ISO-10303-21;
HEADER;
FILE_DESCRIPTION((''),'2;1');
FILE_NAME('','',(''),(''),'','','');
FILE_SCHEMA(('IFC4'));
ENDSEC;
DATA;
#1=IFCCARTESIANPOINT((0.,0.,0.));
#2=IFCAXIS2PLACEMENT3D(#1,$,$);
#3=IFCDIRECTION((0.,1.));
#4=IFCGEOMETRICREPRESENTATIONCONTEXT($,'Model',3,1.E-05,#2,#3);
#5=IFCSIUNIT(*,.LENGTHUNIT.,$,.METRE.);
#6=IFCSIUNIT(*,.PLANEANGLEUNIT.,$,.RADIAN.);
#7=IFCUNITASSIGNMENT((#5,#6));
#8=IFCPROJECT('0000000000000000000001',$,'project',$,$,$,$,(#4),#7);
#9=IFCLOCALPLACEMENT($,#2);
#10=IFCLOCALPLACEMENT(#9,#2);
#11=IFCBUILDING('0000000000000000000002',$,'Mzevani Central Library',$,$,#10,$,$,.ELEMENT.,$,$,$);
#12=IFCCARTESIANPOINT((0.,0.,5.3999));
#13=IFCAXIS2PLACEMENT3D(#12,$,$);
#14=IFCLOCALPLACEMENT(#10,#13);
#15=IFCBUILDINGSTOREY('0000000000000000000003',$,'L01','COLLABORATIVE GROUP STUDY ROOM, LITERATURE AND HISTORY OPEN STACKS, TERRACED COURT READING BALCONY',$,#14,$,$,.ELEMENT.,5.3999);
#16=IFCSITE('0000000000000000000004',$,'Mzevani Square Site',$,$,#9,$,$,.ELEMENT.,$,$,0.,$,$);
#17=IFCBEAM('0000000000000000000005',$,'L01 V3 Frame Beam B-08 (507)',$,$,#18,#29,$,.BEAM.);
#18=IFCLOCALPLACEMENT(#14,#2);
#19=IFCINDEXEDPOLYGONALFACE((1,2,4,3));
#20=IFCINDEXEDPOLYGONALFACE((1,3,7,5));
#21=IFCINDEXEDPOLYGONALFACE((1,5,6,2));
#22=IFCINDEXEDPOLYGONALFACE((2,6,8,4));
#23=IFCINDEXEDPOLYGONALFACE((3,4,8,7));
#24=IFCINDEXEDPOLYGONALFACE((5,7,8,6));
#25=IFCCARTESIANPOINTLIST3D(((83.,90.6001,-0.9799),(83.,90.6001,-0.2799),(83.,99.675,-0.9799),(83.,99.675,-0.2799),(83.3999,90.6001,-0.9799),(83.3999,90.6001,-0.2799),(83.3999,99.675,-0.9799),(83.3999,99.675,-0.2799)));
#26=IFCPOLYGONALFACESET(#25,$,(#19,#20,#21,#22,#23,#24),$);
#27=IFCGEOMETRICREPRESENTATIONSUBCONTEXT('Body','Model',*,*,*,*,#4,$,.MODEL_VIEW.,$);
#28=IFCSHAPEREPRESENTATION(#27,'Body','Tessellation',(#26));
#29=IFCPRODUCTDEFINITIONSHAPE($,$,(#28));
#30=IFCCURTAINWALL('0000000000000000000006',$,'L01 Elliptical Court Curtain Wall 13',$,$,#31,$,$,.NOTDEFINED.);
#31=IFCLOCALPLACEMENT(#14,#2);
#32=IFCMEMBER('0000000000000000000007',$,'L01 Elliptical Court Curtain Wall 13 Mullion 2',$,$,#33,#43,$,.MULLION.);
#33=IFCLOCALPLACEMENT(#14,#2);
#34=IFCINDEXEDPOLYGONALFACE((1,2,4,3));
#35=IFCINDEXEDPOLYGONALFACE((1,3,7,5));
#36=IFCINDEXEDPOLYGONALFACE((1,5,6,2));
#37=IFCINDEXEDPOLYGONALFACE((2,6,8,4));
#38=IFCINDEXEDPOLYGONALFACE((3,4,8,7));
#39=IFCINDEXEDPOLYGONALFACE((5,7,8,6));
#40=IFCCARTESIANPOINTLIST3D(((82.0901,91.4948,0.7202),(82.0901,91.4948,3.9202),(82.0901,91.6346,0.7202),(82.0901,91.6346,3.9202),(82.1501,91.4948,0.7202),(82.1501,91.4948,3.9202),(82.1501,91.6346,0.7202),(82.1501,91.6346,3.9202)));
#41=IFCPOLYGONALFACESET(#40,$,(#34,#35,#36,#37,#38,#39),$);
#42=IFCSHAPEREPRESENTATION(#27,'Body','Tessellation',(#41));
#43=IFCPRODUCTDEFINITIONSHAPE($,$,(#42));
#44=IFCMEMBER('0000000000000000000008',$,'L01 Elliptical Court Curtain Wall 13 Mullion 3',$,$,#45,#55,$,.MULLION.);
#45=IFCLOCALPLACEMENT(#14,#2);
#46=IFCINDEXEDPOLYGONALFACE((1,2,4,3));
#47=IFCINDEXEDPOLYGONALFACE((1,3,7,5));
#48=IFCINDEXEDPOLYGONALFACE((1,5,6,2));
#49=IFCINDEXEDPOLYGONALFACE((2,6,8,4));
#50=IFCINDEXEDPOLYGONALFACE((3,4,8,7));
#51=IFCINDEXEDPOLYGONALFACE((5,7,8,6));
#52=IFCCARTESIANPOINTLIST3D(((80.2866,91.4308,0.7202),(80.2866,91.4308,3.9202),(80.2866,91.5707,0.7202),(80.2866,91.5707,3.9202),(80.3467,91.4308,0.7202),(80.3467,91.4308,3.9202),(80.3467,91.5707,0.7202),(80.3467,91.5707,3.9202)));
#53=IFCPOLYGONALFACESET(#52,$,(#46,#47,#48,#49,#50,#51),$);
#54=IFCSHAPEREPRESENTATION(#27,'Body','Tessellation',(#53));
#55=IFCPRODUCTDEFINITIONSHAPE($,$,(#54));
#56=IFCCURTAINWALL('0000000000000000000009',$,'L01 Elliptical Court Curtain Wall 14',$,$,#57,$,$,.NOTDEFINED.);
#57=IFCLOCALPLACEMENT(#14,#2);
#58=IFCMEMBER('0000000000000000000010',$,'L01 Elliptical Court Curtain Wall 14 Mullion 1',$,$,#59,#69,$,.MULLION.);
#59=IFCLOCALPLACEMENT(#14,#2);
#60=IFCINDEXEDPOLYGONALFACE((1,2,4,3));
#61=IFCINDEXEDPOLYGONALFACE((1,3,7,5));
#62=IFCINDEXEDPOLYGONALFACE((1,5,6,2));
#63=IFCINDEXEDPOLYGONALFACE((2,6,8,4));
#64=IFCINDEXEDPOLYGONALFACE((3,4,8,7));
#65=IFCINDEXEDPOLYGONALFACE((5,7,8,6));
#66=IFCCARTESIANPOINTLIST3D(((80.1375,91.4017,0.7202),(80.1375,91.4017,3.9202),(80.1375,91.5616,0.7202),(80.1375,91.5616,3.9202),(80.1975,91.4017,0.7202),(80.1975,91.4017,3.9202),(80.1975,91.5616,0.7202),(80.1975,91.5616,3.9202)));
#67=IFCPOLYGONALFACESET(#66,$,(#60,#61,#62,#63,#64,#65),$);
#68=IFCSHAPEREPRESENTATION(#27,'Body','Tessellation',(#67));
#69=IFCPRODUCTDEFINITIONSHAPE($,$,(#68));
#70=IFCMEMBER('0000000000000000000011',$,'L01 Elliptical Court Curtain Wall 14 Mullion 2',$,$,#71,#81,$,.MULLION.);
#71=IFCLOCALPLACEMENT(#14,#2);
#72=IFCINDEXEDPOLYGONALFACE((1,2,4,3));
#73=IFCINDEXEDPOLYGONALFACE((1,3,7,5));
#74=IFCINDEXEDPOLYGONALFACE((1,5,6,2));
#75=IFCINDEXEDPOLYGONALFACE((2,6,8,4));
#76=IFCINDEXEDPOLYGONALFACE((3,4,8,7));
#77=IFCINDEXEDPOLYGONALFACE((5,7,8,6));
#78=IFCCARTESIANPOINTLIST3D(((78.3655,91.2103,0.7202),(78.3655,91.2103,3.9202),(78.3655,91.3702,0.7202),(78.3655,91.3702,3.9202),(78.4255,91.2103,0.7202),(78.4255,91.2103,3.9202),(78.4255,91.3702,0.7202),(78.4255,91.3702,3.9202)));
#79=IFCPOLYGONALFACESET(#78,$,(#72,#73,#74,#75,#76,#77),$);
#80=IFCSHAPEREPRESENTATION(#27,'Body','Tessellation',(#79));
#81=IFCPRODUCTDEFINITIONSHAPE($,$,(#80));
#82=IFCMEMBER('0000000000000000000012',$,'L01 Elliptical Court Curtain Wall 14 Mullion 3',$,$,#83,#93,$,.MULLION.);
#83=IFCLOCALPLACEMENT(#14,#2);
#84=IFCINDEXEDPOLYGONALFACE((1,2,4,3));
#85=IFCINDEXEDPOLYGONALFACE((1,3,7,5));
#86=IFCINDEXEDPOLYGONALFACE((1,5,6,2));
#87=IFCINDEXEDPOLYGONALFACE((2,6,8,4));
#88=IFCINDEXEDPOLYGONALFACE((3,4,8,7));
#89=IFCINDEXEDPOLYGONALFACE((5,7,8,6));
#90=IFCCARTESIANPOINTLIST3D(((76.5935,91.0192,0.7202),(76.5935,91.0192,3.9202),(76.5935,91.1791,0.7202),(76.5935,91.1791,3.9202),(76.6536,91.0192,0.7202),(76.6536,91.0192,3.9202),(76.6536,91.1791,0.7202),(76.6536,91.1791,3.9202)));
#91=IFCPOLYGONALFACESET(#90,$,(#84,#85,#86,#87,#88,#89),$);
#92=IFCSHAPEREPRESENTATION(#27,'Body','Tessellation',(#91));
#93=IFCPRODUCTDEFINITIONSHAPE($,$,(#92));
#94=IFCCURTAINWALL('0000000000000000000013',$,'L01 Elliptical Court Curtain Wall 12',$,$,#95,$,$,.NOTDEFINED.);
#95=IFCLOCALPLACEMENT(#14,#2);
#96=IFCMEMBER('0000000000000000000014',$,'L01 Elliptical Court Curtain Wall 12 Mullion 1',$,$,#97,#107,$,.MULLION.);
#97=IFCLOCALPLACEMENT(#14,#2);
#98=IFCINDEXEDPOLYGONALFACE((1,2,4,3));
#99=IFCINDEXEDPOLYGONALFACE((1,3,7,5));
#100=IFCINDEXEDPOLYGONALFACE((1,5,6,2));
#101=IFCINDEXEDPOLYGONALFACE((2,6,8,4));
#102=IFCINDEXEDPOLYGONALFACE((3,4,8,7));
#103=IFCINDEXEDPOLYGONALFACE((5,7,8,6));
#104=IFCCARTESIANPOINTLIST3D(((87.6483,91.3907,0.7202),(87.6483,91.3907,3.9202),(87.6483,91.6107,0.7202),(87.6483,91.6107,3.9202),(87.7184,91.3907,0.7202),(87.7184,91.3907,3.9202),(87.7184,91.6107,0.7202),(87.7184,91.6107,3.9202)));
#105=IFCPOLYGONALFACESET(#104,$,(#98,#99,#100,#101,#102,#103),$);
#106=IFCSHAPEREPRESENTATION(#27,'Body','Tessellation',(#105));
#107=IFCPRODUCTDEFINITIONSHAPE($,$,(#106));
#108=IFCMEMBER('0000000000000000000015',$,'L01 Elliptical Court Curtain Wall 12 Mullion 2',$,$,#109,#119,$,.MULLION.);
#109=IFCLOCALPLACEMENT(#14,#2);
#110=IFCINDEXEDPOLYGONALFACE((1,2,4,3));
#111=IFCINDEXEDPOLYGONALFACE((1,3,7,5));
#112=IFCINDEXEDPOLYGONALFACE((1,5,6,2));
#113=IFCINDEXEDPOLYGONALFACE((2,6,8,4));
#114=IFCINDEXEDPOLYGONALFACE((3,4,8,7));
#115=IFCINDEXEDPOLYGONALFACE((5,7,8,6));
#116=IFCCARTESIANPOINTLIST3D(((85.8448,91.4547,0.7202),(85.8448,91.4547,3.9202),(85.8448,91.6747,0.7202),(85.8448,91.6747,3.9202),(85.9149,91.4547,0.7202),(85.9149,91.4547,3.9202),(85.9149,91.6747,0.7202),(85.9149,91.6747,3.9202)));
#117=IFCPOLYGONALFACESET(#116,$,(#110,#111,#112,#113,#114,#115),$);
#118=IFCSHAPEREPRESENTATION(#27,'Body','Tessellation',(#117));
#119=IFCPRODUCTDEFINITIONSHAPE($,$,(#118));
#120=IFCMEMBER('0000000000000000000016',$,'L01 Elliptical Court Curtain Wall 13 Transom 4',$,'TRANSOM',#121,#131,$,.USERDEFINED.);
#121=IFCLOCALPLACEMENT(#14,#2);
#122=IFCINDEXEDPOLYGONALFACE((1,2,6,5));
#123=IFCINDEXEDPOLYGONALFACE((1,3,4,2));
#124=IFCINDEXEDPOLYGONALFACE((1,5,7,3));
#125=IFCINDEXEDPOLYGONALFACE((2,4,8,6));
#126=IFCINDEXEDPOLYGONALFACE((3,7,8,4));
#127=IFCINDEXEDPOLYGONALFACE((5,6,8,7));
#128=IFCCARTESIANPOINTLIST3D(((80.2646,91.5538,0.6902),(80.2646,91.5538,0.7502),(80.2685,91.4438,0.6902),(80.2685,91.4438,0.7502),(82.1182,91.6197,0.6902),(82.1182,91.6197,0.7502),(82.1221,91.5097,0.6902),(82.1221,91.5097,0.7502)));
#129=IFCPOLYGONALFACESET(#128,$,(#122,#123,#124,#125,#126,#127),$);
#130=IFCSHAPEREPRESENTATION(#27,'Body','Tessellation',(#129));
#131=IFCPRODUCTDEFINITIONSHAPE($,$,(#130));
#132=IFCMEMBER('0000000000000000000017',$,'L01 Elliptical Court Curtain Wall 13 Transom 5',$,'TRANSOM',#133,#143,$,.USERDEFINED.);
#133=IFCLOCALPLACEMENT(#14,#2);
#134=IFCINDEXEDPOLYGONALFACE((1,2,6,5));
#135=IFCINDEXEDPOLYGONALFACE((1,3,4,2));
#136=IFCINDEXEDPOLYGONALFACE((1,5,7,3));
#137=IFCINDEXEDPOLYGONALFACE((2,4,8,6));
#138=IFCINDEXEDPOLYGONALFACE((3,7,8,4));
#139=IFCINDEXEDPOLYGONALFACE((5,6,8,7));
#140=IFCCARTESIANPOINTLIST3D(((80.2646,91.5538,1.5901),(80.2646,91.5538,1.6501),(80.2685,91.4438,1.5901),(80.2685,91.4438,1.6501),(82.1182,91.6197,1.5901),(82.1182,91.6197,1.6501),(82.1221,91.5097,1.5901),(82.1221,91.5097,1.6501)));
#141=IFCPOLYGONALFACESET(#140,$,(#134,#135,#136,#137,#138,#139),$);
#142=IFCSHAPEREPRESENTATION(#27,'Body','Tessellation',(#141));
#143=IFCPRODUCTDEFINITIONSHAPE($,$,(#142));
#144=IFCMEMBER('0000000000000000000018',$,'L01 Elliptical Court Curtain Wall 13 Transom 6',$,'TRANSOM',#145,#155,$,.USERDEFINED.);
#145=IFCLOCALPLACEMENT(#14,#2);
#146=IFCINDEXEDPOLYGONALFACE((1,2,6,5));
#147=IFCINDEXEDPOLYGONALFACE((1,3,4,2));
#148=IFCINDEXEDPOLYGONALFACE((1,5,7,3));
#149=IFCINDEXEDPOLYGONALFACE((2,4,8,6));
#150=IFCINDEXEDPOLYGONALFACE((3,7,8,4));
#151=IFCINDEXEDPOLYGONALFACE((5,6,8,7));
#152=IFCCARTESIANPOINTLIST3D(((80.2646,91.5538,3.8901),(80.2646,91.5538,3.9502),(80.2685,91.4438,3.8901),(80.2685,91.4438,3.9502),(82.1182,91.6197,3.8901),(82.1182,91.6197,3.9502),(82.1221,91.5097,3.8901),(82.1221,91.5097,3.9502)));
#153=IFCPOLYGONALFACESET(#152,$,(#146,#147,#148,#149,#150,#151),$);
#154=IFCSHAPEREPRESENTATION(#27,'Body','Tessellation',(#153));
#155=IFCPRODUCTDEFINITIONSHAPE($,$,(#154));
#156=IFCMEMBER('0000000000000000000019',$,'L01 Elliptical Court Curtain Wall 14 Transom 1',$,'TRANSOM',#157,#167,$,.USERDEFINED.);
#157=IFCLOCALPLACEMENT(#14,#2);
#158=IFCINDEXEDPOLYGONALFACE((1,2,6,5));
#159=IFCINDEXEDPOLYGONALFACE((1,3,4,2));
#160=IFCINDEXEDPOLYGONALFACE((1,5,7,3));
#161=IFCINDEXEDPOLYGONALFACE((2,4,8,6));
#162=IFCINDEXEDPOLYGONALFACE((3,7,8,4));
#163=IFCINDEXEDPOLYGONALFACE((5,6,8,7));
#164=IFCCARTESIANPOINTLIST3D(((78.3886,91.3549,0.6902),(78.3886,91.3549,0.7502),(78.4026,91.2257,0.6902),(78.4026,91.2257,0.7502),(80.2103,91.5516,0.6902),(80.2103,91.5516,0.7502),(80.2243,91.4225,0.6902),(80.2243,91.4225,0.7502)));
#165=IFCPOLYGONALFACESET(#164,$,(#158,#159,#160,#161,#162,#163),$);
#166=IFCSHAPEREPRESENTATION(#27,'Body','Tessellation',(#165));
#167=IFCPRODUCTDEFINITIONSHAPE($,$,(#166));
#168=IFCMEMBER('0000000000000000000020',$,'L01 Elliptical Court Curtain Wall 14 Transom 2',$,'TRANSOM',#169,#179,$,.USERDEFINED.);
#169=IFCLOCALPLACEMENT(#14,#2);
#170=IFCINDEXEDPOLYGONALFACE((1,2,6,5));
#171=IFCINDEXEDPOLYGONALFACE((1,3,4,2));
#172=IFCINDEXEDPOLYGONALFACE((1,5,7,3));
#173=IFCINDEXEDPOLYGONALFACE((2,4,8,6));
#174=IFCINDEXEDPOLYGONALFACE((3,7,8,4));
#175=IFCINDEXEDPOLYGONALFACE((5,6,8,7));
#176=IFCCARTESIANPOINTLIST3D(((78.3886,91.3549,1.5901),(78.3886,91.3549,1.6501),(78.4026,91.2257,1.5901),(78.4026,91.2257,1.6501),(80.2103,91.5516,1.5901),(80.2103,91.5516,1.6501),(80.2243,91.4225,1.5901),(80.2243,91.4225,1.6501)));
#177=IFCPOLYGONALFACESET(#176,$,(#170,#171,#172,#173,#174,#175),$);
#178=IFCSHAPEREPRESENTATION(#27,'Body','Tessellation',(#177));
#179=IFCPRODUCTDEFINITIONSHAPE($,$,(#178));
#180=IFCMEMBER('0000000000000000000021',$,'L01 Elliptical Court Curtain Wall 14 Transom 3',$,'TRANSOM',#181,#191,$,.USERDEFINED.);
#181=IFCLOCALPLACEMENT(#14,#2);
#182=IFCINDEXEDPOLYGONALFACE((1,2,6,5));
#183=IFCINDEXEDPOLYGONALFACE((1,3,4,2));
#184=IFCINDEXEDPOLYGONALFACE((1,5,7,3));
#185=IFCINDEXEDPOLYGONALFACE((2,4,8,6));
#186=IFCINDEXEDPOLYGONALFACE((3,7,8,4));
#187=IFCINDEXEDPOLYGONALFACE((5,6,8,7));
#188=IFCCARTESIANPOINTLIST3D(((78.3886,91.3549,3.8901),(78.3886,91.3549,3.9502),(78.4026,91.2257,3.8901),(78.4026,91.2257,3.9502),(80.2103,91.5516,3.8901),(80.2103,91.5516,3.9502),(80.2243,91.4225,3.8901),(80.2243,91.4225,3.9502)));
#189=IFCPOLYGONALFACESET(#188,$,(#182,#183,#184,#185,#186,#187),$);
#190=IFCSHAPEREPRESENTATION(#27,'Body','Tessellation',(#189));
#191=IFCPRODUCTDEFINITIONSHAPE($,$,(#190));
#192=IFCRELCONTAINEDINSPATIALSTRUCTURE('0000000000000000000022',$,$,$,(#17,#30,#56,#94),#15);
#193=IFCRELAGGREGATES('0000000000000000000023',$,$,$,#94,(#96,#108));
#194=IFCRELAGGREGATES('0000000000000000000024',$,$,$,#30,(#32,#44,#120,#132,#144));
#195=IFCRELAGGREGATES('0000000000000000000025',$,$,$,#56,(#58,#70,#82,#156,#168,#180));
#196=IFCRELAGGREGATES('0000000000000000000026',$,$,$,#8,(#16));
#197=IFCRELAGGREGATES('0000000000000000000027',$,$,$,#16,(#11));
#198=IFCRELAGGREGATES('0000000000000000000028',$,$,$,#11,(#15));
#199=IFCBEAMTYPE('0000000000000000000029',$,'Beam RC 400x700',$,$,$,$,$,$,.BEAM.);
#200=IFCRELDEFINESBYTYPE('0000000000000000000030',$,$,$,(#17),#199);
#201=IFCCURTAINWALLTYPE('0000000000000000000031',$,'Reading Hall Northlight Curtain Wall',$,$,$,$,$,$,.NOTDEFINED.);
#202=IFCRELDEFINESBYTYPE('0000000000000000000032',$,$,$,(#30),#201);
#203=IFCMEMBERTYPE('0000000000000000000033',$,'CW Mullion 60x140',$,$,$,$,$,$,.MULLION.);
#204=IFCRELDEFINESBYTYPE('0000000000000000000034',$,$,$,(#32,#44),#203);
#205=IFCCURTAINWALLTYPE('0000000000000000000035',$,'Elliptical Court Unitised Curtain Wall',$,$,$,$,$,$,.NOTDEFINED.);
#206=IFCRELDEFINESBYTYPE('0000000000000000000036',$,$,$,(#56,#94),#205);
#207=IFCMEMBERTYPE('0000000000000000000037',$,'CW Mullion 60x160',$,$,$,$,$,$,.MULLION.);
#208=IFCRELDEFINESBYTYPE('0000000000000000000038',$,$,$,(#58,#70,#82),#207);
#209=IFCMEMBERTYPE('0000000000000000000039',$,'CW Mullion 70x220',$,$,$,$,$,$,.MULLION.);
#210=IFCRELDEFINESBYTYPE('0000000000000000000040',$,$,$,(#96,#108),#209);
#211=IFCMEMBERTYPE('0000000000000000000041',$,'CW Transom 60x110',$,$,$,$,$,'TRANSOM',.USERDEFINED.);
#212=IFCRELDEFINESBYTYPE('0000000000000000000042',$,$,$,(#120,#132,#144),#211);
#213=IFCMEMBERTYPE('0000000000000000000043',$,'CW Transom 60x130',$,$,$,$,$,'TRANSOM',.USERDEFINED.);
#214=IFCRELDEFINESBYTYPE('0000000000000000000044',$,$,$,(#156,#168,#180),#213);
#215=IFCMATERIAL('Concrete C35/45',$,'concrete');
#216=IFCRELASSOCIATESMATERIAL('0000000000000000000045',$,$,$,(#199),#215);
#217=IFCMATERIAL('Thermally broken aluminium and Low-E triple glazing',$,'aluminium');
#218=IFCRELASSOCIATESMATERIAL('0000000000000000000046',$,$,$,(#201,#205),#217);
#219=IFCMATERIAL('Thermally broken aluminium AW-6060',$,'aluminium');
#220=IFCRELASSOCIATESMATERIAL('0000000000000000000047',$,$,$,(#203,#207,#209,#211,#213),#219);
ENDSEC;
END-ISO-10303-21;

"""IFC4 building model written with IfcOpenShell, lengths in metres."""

from ifc_helpers import new_model, si_unit, direction, frame, origin, origin_2d, place, context, subcontext, project, spatial, rectangle, extrude, material, material_profile, profile_set, type_object, element, aggregate, save


model = new_model("IFC4")

# Units and contexts
model_context = context("Model", 3, precision=1e-05, world=origin(), true_north=direction((0.0, 1.0)))
body_context = subcontext(model_context, "Body", "Model", "MODEL_VIEW")
ifc_project = project(units=[si_unit("LENGTHUNIT", "METRE"), si_unit("PLANEANGLEUNIT", "RADIAN")], contexts=[model_context])

# Site, building, storey
site_placement = place(None, origin())
site = spatial("IfcSite", under=ifc_project, at=site_placement, Name="Mzevani Square Site", CompositionType="ELEMENT", RefElevation=0.0)
building_placement = place(site_placement, origin())
building = spatial("IfcBuilding", under=site, at=building_placement, Name="Mzevani Central Library", CompositionType="ELEMENT")
storey_placement = place(building_placement, frame((0.0, 0.0, 5.3999)))
storey = spatial("IfcBuildingStorey", under=building, at=storey_placement, Name="L01", Description="COLLABORATIVE GROUP STUDY ROOM, LITERATURE AND HISTORY OPEN STACKS, TERRACED COURT READING BALCONY", CompositionType="ELEMENT", Elevation=5.3999)

# Beam
ifc_material_1 = material(Name="Concrete C35/45", Category="concrete")
ifc_material_profile_1 = material_profile(ifc_material_1, rectangle(XDim=0.3999, YDim=0.7, at=origin_2d()), Name="RC B400x700")
ifc_profile_set_1 = profile_set([ifc_material_profile_1], Name="Concrete C35/45")
beam_type = type_object("IfcBeamType", Name="Beam RC 400x700", PredefinedType="BEAM", material=ifc_profile_set_1)
beam_placement = place(storey_placement, frame((83.2, 90.6001, -0.6299), z_axis=(0.0, 1.0, 0.0), x_axis=(-1.0, 0.0, 0.0)))
element("IfcBeam", 1, at=beam_placement, inside=storey, type_object=beam_type, Name="L01 V3 Frame Beam B-08 (507)", PredefinedType="BEAM", context=body_context, shape_type="SweptSolid", body=[
    extrude(rectangle(XDim=0.3999, YDim=0.7, at=origin_2d()), origin(), (0.0, 0.0, 1.0), 9.075),
])

# Curtain walls, members
ifc_material_2 = material(Name="Thermally broken aluminium and Low-E triple glazing", Category="aluminium")
curtain_wall_type_1 = type_object("IfcCurtainWallType", Name="Reading Hall Northlight Curtain Wall", PredefinedType="NOTDEFINED", material=ifc_material_2)
curtain_wall_1_placement = place(storey_placement, origin())
curtain_wall_1 = element("IfcCurtainWall", 2, at=curtain_wall_1_placement, inside=storey, type_object=curtain_wall_type_1, Name="L01 Elliptical Court Curtain Wall 13", PredefinedType="NOTDEFINED")
ifc_material_3 = material(Name="Thermally broken aluminium AW-6060", Category="aluminium")
ifc_material_profile_2 = material_profile(ifc_material_3, rectangle(XDim=0.0601, YDim=0.1399, at=origin_2d()), Name="ALU M60x140")
ifc_profile_set_2 = profile_set([ifc_material_profile_2], Name="Thermally broken aluminium AW-6060")
member_type_1 = type_object("IfcMemberType", Name="CW Mullion 60x140", PredefinedType="MULLION", material=ifc_profile_set_2)
member_1_placement = place(storey_placement, frame((82.1201, 91.5647, 0.7202), z_axis=(0.0, 0.0, 1.0), x_axis=(1.0, 0.0, 0.0)))
member_1 = element("IfcMember", 3, at=member_1_placement, type_object=member_type_1, Name="L01 Elliptical Court Curtain Wall 13 Mullion 2", PredefinedType="MULLION", context=body_context, shape_type="SweptSolid", body=[
    extrude(rectangle(XDim=0.0601, YDim=0.1399, at=origin_2d()), origin(), (0.0, 0.0, 1.0), 3.2),
])
member_2_placement = place(storey_placement, frame((80.3167, 91.5007, 0.7202), z_axis=(0.0, 0.0, 1.0), x_axis=(1.0, 0.0, 0.0)))
member_2 = element("IfcMember", 4, at=member_2_placement, type_object=member_type_1, Name="L01 Elliptical Court Curtain Wall 13 Mullion 3", PredefinedType="MULLION", context=body_context, shape_type="SweptSolid", body=[
    extrude(rectangle(XDim=0.0601, YDim=0.1399, at=origin_2d()), origin(), (0.0, 0.0, 1.0), 3.2),
])
curtain_wall_type_2 = type_object("IfcCurtainWallType", Name="Elliptical Court Unitised Curtain Wall", PredefinedType="NOTDEFINED", material=ifc_material_2)
curtain_wall_2_placement = place(storey_placement, origin())
curtain_wall_2 = element("IfcCurtainWall", 5, at=curtain_wall_2_placement, inside=storey, type_object=curtain_wall_type_2, Name="L01 Elliptical Court Curtain Wall 14", PredefinedType="NOTDEFINED")
ifc_material_profile_3 = material_profile(ifc_material_3, rectangle(XDim=0.0601, YDim=0.1599, at=origin_2d()), Name="ALU M60x160")
ifc_profile_set_3 = profile_set([ifc_material_profile_3], Name="Thermally broken aluminium AW-6060")
member_type_2 = type_object("IfcMemberType", Name="CW Mullion 60x160", PredefinedType="MULLION", material=ifc_profile_set_3)
member_3_placement = place(storey_placement, frame((80.1675, 91.4817, 0.7202), z_axis=(0.0, 0.0, 1.0), x_axis=(1.0, 0.0, 0.0)))
member_3 = element("IfcMember", 6, at=member_3_placement, type_object=member_type_2, Name="L01 Elliptical Court Curtain Wall 14 Mullion 1", PredefinedType="MULLION", context=body_context, shape_type="SweptSolid", body=[
    extrude(rectangle(XDim=0.0601, YDim=0.1599, at=origin_2d()), origin(), (0.0, 0.0, 1.0), 3.2),
])
member_4_placement = place(storey_placement, frame((78.3955, 91.2903, 0.7202), z_axis=(0.0, 0.0, 1.0), x_axis=(1.0, 0.0, 0.0)))
member_4 = element("IfcMember", 7, at=member_4_placement, type_object=member_type_2, Name="L01 Elliptical Court Curtain Wall 14 Mullion 2", PredefinedType="MULLION", context=body_context, shape_type="SweptSolid", body=[
    extrude(rectangle(XDim=0.0601, YDim=0.1599, at=origin_2d()), origin(), (0.0, 0.0, 1.0), 3.2),
])
member_5_placement = place(storey_placement, frame((76.6235, 91.0991, 0.7202), z_axis=(0.0, 0.0, 1.0), x_axis=(1.0, 0.0, 0.0)))
member_5 = element("IfcMember", 8, at=member_5_placement, type_object=member_type_2, Name="L01 Elliptical Court Curtain Wall 14 Mullion 3", PredefinedType="MULLION", context=body_context, shape_type="SweptSolid", body=[
    extrude(rectangle(XDim=0.0601, YDim=0.1599, at=origin_2d()), origin(), (0.0, 0.0, 1.0), 3.2),
])
curtain_wall_3_placement = place(storey_placement, origin())
curtain_wall_3 = element("IfcCurtainWall", 9, at=curtain_wall_3_placement, inside=storey, type_object=curtain_wall_type_2, Name="L01 Elliptical Court Curtain Wall 12", PredefinedType="NOTDEFINED")
ifc_material_profile_4 = material_profile(ifc_material_3, rectangle(XDim=0.0701, YDim=0.22, at=origin_2d()), Name="ALU M70x220")
ifc_profile_set_4 = profile_set([ifc_material_profile_4], Name="Thermally broken aluminium AW-6060")
member_type_3 = type_object("IfcMemberType", Name="CW Mullion 70x220", PredefinedType="MULLION", material=ifc_profile_set_4)
member_6_placement = place(storey_placement, frame((87.6833, 91.5007, 0.7202), z_axis=(0.0, 0.0, 1.0), x_axis=(1.0, 0.0, 0.0)))
member_6 = element("IfcMember", 10, at=member_6_placement, type_object=member_type_3, Name="L01 Elliptical Court Curtain Wall 12 Mullion 1", PredefinedType="MULLION", context=body_context, shape_type="SweptSolid", body=[
    extrude(rectangle(XDim=0.0701, YDim=0.22, at=origin_2d()), origin(), (0.0, 0.0, 1.0), 3.2),
])
member_7_placement = place(storey_placement, frame((85.8799, 91.5647, 0.7202), z_axis=(0.0, 0.0, 1.0), x_axis=(1.0, 0.0, 0.0)))
member_7 = element("IfcMember", 11, at=member_7_placement, type_object=member_type_3, Name="L01 Elliptical Court Curtain Wall 12 Mullion 2", PredefinedType="MULLION", context=body_context, shape_type="SweptSolid", body=[
    extrude(rectangle(XDim=0.0701, YDim=0.22, at=origin_2d()), origin(), (0.0, 0.0, 1.0), 3.2),
])

# Members
ifc_material_profile_5 = material_profile(ifc_material_3, rectangle(XDim=0.1101, YDim=0.0601, at=origin_2d()), Name="ALU T60x110")
ifc_profile_set_5 = profile_set([ifc_material_profile_5], Name="Thermally broken aluminium AW-6060")
member_type_4 = type_object("IfcMemberType", Name="CW Transom 60x110", ElementType="TRANSOM", PredefinedType="USERDEFINED", material=ifc_profile_set_5)
member_8_placement = place(storey_placement, frame((82.1201, 91.5647, 0.7202), z_axis=(-0.999368, -0.035541, 0.0), x_axis=(0.035541, -0.999368, 0.0)))
member_8 = element("IfcMember", 12, at=member_8_placement, type_object=member_type_4, Name="L01 Elliptical Court Curtain Wall 13 Transom 4", ObjectType="TRANSOM", PredefinedType="USERDEFINED", context=body_context, shape_type="SweptSolid", body=[
    extrude(rectangle(XDim=0.1101, YDim=0.0601, at=origin_2d()), origin(), (0.0, 0.0, 1.0), 1.8547),
])
member_9_placement = place(storey_placement, frame((82.1201, 91.5647, 1.6201), z_axis=(-0.999368, -0.035541, 0.0), x_axis=(0.035541, -0.999368, 0.0)))
member_9 = element("IfcMember", 13, at=member_9_placement, type_object=member_type_4, Name="L01 Elliptical Court Curtain Wall 13 Transom 5", ObjectType="TRANSOM", PredefinedType="USERDEFINED", context=body_context, shape_type="SweptSolid", body=[
    extrude(rectangle(XDim=0.1101, YDim=0.0601, at=origin_2d()), origin(), (0.0, 0.0, 1.0), 1.8547),
])
member_10_placement = place(storey_placement, frame((82.1201, 91.5647, 3.9202), z_axis=(-0.999368, -0.035541, 0.0), x_axis=(0.035541, -0.999368, 0.0)))
member_10 = element("IfcMember", 14, at=member_10_placement, type_object=member_type_4, Name="L01 Elliptical Court Curtain Wall 13 Transom 6", ObjectType="TRANSOM", PredefinedType="USERDEFINED", context=body_context, shape_type="SweptSolid", body=[
    extrude(rectangle(XDim=0.1101, YDim=0.0601, at=origin_2d()), origin(), (0.0, 0.0, 1.0), 1.8547),
])
ifc_material_profile_6 = material_profile(ifc_material_3, rectangle(XDim=0.1299, YDim=0.0601, at=origin_2d()), Name="ALU T60x130")
ifc_profile_set_6 = profile_set([ifc_material_profile_6], Name="Thermally broken aluminium AW-6060")
member_type_5 = type_object("IfcMemberType", Name="CW Transom 60x130", ElementType="TRANSOM", PredefinedType="USERDEFINED", material=ifc_profile_set_6)
member_11_placement = place(storey_placement, frame((80.2173, 91.4871, 0.7202), z_axis=(-0.994217, -0.107389, 0.0), x_axis=(0.107389, -0.994217, 0.0)))
member_11 = element("IfcMember", 15, at=member_11_placement, type_object=member_type_5, Name="L01 Elliptical Court Curtain Wall 14 Transom 1", ObjectType="TRANSOM", PredefinedType="USERDEFINED", context=body_context, shape_type="SweptSolid", body=[
    extrude(rectangle(XDim=0.1299, YDim=0.0601, at=origin_2d()), origin(), (0.0, 0.0, 1.0), 1.8323),
])
member_12_placement = place(storey_placement, frame((80.2173, 91.4871, 1.6201), z_axis=(-0.994217, -0.107389, 0.0), x_axis=(0.107389, -0.994217, 0.0)))
member_12 = element("IfcMember", 16, at=member_12_placement, type_object=member_type_5, Name="L01 Elliptical Court Curtain Wall 14 Transom 2", ObjectType="TRANSOM", PredefinedType="USERDEFINED", context=body_context, shape_type="SweptSolid", body=[
    extrude(rectangle(XDim=0.1299, YDim=0.0601, at=origin_2d()), origin(), (0.0, 0.0, 1.0), 1.8323),
])
member_13_placement = place(storey_placement, frame((80.2173, 91.4871, 3.9202), z_axis=(-0.994217, -0.107389, 0.0), x_axis=(0.107389, -0.994217, 0.0)))
member_13 = element("IfcMember", 17, at=member_13_placement, type_object=member_type_5, Name="L01 Elliptical Court Curtain Wall 14 Transom 3", ObjectType="TRANSOM", PredefinedType="USERDEFINED", context=body_context, shape_type="SweptSolid", body=[
    extrude(rectangle(XDim=0.1299, YDim=0.0601, at=origin_2d()), origin(), (0.0, 0.0, 1.0), 1.8323),
])

aggregate(curtain_wall_3, [member_6, member_7])
aggregate(curtain_wall_1, [member_1, member_2, member_8, member_9, member_10])
aggregate(curtain_wall_2, [member_3, member_4, member_5, member_11, member_12, member_13])

save(model, "model.ifc")
